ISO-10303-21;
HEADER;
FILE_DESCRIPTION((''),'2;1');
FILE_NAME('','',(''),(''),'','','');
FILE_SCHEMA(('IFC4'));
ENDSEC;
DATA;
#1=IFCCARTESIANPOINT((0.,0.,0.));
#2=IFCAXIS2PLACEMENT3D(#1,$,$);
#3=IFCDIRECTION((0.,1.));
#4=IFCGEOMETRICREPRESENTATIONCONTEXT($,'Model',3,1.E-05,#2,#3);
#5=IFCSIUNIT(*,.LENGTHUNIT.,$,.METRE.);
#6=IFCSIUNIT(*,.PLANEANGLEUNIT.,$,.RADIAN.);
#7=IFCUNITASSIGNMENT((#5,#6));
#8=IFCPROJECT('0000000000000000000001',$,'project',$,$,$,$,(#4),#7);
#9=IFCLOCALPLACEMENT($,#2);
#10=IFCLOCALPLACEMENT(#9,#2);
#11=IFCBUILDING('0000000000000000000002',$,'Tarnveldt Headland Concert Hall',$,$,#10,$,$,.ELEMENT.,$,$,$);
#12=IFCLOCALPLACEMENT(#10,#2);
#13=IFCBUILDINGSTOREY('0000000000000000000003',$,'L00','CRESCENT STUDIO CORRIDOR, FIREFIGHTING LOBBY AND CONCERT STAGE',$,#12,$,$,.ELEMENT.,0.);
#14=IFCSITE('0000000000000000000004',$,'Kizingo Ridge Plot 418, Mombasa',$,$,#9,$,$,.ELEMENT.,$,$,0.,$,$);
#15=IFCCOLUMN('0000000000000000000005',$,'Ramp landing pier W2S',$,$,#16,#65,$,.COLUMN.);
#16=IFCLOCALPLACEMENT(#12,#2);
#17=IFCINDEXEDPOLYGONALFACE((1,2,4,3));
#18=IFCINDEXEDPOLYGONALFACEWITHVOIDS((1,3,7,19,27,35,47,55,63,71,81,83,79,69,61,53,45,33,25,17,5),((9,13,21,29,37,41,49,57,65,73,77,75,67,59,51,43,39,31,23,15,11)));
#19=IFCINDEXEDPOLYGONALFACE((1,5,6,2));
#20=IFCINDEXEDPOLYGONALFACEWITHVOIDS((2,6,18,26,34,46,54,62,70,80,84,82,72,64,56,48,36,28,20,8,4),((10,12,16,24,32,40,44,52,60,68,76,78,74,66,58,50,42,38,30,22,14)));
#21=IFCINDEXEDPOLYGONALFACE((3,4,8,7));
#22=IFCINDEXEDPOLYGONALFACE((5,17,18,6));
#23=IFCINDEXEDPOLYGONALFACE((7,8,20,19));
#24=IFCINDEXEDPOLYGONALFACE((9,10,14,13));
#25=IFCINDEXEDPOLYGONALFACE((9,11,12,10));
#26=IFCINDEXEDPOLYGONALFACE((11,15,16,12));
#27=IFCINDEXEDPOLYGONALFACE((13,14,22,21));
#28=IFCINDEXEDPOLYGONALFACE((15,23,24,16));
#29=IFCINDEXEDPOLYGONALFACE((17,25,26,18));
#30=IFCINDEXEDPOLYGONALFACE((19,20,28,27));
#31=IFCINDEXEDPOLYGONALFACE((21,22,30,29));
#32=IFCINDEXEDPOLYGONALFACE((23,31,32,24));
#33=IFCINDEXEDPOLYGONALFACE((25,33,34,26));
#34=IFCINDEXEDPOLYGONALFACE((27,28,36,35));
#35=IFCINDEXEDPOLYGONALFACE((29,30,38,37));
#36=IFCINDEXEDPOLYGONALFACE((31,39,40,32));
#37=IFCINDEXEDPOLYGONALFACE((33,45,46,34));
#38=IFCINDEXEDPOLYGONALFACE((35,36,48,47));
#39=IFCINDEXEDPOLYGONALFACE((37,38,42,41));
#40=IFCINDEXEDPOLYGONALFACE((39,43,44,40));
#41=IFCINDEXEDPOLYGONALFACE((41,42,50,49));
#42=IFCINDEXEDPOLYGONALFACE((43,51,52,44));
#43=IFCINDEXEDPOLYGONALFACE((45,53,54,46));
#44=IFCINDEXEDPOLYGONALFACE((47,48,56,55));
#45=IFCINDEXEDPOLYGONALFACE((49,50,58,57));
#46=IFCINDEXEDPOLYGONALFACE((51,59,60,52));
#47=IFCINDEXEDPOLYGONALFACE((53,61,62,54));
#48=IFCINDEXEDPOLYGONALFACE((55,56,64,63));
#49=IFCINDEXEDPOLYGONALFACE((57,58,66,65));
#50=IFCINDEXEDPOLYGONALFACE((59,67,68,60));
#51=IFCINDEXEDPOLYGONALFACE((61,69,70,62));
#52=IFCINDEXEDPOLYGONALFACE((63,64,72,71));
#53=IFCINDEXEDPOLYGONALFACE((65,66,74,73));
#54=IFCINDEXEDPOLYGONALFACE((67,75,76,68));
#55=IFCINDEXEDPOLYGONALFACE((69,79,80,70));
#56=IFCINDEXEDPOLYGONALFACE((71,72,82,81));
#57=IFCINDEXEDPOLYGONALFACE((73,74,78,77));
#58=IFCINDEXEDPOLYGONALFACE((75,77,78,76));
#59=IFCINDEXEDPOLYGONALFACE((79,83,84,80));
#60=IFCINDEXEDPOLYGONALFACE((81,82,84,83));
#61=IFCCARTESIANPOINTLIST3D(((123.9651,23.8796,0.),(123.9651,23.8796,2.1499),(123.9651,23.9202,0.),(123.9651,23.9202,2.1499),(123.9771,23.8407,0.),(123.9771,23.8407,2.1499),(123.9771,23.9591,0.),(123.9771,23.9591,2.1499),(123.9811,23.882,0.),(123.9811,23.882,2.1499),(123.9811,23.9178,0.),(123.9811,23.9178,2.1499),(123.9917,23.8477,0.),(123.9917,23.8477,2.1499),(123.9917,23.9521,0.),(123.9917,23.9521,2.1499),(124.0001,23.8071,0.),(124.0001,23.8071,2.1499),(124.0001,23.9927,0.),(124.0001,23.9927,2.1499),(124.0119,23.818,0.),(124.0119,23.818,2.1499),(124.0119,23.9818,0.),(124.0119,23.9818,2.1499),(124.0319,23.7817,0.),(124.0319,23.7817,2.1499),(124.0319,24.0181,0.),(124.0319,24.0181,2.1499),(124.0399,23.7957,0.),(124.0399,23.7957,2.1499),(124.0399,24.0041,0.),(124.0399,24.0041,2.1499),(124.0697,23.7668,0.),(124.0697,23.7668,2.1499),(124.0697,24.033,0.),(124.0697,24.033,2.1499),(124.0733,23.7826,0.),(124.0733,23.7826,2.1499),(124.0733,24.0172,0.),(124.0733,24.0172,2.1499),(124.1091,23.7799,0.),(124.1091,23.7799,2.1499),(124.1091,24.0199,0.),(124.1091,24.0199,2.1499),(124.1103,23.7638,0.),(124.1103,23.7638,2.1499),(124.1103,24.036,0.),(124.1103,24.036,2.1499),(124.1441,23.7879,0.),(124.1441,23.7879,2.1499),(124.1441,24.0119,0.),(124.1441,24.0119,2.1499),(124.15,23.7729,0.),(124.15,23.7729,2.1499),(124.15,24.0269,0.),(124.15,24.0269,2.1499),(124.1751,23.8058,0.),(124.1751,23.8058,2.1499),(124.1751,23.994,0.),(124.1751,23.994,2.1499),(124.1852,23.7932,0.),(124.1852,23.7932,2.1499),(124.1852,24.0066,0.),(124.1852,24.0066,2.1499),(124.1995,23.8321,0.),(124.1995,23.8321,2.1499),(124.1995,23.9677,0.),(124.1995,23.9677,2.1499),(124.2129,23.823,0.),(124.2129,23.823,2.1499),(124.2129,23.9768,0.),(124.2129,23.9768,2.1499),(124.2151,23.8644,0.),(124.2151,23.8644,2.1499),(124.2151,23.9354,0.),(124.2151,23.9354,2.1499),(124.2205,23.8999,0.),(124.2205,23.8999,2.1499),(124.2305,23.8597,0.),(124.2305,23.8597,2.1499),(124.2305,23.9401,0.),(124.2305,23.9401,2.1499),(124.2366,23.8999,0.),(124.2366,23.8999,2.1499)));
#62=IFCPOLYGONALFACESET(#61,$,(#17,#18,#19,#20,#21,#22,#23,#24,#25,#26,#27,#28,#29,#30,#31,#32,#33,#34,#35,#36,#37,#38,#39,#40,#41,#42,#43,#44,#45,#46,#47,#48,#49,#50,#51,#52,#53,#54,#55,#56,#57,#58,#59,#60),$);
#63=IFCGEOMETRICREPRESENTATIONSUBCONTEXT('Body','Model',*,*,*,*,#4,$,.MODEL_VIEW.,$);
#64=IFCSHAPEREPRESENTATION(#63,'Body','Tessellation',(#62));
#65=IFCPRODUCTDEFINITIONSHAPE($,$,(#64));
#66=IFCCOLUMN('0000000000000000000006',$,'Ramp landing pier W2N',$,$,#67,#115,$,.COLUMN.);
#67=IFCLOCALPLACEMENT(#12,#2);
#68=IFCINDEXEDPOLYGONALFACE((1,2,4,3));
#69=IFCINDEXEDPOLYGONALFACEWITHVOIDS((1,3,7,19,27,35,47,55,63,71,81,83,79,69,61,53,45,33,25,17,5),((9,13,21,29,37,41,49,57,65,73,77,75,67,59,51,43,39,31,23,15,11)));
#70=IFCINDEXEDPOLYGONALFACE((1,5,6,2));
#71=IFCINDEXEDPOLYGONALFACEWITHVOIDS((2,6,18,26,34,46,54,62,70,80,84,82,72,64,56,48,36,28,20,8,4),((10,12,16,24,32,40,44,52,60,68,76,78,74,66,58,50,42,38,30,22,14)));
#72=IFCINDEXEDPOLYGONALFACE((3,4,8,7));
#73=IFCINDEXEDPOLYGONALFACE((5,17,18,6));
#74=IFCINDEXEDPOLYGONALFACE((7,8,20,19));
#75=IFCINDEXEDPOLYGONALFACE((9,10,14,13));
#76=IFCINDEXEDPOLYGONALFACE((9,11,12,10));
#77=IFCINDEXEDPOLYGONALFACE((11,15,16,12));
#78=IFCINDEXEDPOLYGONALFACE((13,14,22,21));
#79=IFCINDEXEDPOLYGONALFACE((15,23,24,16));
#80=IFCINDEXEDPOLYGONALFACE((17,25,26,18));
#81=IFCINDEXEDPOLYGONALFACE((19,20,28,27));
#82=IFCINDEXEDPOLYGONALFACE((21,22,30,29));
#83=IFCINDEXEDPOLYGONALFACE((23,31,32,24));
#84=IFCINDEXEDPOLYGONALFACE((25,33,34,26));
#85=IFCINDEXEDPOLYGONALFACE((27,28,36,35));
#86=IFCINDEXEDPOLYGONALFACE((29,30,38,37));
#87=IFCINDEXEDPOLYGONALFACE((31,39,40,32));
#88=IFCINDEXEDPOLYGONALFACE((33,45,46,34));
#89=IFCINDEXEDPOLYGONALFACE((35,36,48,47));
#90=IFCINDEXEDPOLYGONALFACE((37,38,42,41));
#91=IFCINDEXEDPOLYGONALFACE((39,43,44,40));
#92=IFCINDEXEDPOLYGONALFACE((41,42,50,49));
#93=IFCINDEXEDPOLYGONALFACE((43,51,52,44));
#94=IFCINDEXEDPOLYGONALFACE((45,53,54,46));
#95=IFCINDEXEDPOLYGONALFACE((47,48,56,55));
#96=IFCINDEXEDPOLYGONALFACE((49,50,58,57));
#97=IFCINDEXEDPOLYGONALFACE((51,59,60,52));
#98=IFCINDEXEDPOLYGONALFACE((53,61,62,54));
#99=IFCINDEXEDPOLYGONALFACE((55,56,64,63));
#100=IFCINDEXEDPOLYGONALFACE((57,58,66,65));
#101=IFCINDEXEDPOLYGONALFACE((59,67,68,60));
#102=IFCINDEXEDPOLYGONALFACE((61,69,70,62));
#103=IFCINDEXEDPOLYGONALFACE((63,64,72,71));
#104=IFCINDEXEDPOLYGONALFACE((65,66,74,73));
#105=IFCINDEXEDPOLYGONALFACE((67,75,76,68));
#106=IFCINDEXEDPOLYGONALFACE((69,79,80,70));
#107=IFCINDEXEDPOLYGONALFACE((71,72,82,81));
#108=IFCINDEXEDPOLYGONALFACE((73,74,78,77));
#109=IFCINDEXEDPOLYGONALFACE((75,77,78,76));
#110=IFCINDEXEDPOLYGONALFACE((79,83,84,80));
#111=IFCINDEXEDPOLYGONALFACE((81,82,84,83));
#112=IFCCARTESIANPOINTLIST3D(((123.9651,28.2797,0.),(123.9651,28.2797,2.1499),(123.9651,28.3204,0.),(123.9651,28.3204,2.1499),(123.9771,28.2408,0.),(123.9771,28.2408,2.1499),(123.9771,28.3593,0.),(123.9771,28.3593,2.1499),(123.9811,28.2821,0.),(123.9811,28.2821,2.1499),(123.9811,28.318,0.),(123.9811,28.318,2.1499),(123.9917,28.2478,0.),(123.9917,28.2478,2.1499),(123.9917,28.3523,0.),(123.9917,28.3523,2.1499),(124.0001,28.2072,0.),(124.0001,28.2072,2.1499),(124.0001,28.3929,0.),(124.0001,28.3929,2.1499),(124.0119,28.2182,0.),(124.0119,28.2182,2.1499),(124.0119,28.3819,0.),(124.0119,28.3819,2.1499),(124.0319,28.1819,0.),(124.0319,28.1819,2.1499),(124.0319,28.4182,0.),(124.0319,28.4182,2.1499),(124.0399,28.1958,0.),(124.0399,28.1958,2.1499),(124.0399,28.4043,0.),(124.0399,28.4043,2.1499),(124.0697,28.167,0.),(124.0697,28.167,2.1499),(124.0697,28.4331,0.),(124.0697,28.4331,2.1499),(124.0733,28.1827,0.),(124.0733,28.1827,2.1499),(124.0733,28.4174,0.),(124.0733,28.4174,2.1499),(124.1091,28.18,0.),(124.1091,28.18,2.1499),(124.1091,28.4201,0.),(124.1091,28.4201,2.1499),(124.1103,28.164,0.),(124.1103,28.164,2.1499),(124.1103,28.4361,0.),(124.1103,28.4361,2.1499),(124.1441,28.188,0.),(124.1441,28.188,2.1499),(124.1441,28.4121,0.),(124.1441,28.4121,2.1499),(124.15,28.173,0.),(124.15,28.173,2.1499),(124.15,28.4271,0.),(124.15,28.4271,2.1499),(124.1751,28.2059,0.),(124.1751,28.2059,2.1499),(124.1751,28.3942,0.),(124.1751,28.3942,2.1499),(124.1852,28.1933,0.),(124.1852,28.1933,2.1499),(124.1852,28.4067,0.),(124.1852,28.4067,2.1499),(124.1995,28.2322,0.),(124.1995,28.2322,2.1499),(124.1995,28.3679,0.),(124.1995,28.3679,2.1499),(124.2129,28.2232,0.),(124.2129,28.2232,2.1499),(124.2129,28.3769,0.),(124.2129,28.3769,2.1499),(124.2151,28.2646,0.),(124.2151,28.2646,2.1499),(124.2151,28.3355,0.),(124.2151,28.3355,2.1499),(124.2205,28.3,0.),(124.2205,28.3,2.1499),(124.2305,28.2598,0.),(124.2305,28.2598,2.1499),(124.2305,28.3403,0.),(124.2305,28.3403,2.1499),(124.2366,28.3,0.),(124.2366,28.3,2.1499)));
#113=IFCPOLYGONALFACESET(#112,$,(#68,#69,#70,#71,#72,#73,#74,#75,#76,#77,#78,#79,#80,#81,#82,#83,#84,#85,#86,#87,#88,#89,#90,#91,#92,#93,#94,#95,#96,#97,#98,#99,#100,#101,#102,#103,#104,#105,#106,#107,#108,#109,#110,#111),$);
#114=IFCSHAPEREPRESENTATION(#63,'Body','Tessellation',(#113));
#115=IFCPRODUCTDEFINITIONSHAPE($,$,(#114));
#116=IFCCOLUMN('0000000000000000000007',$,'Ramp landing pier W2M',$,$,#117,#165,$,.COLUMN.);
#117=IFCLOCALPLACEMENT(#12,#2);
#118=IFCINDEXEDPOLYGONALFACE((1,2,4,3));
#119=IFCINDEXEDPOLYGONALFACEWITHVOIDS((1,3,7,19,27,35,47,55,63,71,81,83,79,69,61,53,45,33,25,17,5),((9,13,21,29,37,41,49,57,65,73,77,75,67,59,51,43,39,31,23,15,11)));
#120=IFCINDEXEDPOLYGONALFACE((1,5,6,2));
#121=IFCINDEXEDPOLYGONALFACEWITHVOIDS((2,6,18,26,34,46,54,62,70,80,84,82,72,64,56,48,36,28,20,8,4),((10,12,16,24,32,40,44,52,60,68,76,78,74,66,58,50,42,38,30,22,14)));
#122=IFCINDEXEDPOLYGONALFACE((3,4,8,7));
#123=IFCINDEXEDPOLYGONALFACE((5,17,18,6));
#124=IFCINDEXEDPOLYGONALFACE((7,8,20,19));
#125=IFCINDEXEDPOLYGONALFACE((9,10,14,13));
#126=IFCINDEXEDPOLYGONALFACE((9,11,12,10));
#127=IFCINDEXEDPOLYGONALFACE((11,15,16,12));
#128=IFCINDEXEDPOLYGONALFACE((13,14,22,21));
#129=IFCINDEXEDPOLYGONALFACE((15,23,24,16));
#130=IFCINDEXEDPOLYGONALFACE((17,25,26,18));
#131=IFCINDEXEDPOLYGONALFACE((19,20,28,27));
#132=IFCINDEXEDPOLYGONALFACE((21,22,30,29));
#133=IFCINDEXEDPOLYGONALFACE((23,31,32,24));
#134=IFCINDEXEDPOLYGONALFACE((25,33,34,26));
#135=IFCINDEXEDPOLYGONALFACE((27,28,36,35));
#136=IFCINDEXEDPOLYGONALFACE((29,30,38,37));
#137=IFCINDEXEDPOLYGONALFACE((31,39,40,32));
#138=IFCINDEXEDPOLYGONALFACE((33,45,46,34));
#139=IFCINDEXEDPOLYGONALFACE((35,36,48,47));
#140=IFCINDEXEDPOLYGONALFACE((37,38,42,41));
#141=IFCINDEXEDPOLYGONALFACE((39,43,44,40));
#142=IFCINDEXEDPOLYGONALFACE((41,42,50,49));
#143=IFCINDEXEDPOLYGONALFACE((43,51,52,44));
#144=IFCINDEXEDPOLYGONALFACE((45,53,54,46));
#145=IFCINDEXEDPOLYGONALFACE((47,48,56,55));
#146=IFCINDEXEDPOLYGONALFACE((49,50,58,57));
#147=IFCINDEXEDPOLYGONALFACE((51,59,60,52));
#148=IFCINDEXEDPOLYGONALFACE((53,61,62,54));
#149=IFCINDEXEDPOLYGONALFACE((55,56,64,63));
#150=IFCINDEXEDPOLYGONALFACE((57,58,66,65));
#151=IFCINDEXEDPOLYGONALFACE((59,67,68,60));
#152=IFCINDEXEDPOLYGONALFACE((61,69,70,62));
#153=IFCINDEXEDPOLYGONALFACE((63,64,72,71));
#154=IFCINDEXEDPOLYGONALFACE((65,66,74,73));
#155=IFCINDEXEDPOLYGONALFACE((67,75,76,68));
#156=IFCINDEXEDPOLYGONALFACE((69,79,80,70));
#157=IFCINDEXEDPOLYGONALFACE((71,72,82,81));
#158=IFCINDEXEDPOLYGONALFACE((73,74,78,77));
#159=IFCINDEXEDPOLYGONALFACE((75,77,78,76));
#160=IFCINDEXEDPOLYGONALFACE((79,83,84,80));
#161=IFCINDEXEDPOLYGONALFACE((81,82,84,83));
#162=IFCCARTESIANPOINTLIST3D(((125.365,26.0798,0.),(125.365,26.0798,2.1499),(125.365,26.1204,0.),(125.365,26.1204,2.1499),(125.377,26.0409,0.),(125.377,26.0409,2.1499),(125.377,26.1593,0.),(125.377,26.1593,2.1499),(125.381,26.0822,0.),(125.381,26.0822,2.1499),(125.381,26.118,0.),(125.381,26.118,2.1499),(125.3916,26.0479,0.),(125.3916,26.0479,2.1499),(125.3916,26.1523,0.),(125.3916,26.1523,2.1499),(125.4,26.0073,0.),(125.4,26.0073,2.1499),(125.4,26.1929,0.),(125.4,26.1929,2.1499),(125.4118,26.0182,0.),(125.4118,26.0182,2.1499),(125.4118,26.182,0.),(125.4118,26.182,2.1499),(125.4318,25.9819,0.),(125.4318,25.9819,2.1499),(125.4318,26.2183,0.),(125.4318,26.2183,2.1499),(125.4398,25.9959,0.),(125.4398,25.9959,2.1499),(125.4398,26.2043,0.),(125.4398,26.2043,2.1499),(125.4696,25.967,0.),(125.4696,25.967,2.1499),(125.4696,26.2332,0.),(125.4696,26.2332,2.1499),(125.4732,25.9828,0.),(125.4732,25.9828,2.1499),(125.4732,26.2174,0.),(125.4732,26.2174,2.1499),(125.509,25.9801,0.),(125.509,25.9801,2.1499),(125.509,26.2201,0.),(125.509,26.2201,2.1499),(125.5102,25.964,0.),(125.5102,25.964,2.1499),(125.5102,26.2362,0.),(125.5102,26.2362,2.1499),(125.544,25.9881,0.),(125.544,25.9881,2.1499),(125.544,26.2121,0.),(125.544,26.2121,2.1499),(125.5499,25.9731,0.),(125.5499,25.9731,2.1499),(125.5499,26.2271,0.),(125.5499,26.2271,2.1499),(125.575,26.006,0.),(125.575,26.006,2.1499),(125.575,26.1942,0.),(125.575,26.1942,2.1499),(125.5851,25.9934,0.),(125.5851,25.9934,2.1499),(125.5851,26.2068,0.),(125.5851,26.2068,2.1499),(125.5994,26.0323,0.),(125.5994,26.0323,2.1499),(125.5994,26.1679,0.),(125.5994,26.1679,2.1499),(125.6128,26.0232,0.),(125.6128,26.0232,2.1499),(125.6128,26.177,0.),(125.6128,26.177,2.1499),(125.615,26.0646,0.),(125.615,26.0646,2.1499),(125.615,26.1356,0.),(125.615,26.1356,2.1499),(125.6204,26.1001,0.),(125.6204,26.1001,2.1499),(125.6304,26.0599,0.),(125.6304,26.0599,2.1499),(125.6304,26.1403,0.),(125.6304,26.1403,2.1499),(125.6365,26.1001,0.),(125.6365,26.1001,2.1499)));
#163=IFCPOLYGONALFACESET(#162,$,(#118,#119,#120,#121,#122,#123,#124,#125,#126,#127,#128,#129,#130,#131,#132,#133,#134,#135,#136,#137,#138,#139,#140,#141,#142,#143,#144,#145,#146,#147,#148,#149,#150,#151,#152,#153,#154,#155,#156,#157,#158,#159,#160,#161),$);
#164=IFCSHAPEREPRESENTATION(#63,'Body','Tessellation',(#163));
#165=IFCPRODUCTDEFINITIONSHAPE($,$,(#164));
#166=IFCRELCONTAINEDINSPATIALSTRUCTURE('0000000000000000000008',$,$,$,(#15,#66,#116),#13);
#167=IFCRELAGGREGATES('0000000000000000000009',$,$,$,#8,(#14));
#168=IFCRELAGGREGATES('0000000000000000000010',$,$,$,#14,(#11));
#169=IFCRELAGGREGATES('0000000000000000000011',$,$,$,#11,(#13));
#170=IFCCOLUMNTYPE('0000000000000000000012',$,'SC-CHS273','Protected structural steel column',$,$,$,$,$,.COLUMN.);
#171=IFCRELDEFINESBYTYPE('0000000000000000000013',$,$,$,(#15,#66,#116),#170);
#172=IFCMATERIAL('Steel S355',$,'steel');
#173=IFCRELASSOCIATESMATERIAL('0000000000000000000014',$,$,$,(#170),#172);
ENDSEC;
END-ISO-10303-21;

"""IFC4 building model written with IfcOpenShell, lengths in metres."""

from ifc_helpers import new_model, si_unit, direction, frame, origin, origin_2d, place, context, subcontext, project, spatial, hollow_circle, extrude, material, material_profile, profile_set, type_object, element, save


model = new_model("IFC4")

# Units and contexts
model_context = context("Model", 3, precision=1e-05, world=origin(), true_north=direction((0.0, 1.0)))
body_context = subcontext(model_context, "Body", "Model", "MODEL_VIEW")
ifc_project = project(units=[si_unit("LENGTHUNIT", "METRE"), si_unit("PLANEANGLEUNIT", "RADIAN")], contexts=[model_context])

# Site, building, storey
site_placement = place(None, origin())
site = spatial("IfcSite", under=ifc_project, at=site_placement, Name="Kizingo Ridge Plot 418, Mombasa", CompositionType="ELEMENT", RefElevation=0.0)
building_placement = place(site_placement, origin())
building = spatial("IfcBuilding", under=site, at=building_placement, Name="Tarnveldt Headland Concert Hall", CompositionType="ELEMENT")
storey_placement = place(building_placement, origin())
storey = spatial("IfcBuildingStorey", under=building, at=storey_placement, Name="L00", Description="CRESCENT STUDIO CORRIDOR, FIREFIGHTING LOBBY AND CONCERT STAGE", CompositionType="ELEMENT", Elevation=0.0)

# Columns
ifc_material_1 = material(Name="Steel S355", Category="steel")
ifc_material_profile_1 = material_profile(ifc_material_1, hollow_circle(Radius=0.1365, WallThickness=0.0161, at=origin_2d()), Name="CHS 273x16", Category="steel")
ifc_profile_set_1 = profile_set([ifc_material_profile_1], Name="Steel S355")
column_type_1 = type_object("IfcColumnType", Name="SC-CHS273", Description="Protected structural steel column", PredefinedType="COLUMN", material=ifc_profile_set_1)
for number, where, z_axis, x_axis, name in (
    (1, (124.1001, 23.8999, 0.0), (0.0, 0.0, 1.0), (1.0, 0.0, 0.0), "Ramp landing pier W2S"),
    (2, (124.1001, 28.3, 0.0), (0.0, 0.0, 1.0), (1.0, 0.0, 0.0), "Ramp landing pier W2N"),
    (3, (125.5, 26.1001, 0.0), (0.0, 0.0, 1.0), (1.0, 0.0, 0.0), "Ramp landing pier W2M"),
):
    element("IfcColumn", number, at=place(storey_placement, frame(where, z_axis=z_axis, x_axis=x_axis)), inside=storey, type_object=column_type_1, Name=name, PredefinedType="COLUMN", context=body_context, shape_type="SweptSolid", body=[
        extrude(hollow_circle(Radius=0.1365, WallThickness=0.0161, at=origin_2d()), origin(), (0.0, 0.0, 1.0), 2.1499),
    ])

save(model, "model.ifc")
